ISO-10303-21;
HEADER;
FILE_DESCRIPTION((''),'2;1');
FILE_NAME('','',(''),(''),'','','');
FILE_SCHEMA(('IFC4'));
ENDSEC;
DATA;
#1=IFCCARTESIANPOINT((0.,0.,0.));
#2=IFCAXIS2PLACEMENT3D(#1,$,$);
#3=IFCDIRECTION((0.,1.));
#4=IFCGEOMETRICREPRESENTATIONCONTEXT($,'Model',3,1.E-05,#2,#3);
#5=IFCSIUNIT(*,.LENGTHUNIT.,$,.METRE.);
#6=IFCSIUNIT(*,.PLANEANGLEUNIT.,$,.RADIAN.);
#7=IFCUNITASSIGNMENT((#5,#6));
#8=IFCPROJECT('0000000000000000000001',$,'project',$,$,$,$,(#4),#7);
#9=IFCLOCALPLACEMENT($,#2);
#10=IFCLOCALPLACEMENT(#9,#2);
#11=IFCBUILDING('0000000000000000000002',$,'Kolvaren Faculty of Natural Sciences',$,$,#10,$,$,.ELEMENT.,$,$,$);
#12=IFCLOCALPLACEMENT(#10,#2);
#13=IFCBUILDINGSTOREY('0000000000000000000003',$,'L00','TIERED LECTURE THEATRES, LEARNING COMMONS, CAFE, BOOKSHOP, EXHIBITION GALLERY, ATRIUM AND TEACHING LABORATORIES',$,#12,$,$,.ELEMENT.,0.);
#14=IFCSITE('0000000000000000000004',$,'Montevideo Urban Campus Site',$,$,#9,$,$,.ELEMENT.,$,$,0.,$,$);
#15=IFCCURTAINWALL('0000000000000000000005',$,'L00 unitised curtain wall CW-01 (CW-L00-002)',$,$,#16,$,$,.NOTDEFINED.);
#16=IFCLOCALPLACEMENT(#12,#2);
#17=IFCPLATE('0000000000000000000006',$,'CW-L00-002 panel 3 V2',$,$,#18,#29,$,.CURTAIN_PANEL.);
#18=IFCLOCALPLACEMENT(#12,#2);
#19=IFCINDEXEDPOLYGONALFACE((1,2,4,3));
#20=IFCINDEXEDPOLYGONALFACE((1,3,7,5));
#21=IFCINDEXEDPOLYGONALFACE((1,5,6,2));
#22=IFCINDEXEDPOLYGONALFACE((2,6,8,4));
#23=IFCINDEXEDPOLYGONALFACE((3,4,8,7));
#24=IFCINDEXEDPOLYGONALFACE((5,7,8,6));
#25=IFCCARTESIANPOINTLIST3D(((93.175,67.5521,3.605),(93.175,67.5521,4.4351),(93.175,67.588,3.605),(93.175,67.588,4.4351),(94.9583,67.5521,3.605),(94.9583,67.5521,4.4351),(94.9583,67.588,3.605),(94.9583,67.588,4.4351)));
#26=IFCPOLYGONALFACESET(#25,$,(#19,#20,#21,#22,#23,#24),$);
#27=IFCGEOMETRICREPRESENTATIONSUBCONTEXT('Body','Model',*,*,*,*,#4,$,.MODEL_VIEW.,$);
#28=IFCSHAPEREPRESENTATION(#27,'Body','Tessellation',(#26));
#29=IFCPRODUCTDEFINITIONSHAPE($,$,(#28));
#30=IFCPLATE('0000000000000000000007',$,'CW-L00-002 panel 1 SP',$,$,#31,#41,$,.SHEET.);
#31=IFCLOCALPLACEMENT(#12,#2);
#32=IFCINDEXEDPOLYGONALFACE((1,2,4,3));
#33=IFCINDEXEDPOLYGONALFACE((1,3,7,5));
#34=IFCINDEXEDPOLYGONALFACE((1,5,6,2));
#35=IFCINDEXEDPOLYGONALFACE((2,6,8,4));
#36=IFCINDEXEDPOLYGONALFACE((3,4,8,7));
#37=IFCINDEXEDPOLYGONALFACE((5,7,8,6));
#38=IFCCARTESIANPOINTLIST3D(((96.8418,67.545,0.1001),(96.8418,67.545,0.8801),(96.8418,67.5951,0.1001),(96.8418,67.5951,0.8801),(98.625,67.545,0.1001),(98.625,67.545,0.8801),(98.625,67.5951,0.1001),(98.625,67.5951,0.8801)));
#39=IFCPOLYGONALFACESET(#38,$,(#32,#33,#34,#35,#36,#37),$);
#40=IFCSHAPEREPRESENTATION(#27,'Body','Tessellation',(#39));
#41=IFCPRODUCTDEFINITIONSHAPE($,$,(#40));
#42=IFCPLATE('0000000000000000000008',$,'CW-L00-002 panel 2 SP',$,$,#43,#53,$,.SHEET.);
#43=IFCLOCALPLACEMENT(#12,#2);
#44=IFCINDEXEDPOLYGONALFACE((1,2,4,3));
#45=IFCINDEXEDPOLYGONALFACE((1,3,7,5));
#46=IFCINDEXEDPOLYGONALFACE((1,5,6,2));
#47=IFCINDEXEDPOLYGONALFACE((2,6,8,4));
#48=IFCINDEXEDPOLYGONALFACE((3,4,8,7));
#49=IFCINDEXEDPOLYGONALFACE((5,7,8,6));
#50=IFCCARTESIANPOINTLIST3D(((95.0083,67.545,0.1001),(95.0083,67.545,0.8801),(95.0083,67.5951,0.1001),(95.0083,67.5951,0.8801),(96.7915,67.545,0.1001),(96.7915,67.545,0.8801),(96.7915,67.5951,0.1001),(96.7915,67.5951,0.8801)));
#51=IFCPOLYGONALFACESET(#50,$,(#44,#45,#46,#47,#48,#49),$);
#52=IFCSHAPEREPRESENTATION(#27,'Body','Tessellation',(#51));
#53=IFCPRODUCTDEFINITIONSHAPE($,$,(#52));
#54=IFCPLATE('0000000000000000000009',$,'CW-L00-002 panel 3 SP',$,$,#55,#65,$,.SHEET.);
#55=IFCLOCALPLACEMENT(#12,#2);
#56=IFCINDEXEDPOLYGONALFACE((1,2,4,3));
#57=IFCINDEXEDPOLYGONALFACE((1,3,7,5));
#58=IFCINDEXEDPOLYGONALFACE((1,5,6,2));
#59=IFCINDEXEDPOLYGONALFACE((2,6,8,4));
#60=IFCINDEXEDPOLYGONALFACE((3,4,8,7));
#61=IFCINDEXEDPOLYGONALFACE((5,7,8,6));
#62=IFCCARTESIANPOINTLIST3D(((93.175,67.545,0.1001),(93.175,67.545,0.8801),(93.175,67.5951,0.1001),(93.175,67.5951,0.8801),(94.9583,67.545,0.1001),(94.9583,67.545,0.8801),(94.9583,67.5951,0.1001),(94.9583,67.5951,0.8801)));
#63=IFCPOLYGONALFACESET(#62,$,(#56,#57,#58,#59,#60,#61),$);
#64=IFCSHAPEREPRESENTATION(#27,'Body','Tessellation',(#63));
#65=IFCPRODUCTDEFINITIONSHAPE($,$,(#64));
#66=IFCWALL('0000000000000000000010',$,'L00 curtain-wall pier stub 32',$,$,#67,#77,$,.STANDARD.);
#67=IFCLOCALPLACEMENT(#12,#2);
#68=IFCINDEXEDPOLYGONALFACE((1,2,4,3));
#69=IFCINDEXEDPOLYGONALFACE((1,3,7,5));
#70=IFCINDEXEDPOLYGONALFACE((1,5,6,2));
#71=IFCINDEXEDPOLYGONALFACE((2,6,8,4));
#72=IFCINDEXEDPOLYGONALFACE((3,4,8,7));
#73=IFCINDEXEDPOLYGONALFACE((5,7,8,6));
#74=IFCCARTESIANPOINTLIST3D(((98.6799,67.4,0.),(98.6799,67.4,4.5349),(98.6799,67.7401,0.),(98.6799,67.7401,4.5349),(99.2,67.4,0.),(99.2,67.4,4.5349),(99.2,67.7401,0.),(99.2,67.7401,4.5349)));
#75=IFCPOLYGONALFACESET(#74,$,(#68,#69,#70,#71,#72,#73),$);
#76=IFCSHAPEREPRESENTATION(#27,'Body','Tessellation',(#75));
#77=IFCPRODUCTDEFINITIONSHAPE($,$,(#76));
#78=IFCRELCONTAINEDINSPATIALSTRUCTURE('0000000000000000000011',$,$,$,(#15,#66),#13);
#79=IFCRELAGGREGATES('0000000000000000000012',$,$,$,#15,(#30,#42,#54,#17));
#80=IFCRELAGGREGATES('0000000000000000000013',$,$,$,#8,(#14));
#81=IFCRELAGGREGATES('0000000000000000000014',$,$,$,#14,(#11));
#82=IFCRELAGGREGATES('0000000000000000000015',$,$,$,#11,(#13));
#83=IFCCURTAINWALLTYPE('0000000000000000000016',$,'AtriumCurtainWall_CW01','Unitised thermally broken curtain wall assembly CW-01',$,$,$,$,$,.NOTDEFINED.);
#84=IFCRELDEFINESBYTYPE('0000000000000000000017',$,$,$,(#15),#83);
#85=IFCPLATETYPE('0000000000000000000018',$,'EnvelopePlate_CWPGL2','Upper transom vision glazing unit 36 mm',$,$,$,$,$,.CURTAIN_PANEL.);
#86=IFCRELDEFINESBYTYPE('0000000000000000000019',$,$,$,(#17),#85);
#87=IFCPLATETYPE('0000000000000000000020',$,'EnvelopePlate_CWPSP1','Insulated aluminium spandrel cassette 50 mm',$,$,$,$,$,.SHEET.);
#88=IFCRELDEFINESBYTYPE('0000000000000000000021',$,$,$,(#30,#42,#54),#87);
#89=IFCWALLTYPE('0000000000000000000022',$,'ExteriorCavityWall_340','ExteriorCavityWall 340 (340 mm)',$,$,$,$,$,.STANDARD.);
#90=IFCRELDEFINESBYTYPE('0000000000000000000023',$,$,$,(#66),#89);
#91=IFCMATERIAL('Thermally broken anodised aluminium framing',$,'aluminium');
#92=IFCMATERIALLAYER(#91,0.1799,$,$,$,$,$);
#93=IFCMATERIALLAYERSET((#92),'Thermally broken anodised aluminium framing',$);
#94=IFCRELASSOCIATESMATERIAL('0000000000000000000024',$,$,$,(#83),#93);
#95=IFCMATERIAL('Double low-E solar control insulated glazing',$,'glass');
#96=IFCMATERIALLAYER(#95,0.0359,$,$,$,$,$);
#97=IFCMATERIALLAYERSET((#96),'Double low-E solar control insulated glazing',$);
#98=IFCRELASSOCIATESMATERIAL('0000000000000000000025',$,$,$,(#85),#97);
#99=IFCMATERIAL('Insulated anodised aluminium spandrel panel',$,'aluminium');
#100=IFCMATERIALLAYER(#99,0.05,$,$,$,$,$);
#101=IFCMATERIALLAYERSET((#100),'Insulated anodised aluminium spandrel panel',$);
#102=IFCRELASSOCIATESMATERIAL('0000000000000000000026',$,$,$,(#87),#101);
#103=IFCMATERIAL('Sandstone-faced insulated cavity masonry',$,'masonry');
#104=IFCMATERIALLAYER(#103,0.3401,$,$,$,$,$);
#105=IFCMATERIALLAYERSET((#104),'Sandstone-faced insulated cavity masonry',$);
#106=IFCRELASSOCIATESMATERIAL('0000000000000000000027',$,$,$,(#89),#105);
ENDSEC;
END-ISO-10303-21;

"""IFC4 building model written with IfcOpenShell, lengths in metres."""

from ifc_helpers import new_model, si_unit, direction, frame, frame_2d, origin, origin_2d, place, context, subcontext, project, spatial, rectangle, extrude, material, layer, layer_set, type_object, element, aggregate, save


model = new_model("IFC4")

# Units and contexts
model_context = context("Model", 3, precision=1e-05, world=origin(), true_north=direction((0.0, 1.0)))
body_context = subcontext(model_context, "Body", "Model", "MODEL_VIEW")
ifc_project = project(units=[si_unit("LENGTHUNIT", "METRE"), si_unit("PLANEANGLEUNIT", "RADIAN")], contexts=[model_context])

# Site, building, storey
site_placement = place(None, origin())
site = spatial("IfcSite", under=ifc_project, at=site_placement, Name="Montevideo Urban Campus Site", CompositionType="ELEMENT", RefElevation=0.0)
building_placement = place(site_placement, origin())
building = spatial("IfcBuilding", under=site, at=building_placement, Name="Kolvaren Faculty of Natural Sciences", CompositionType="ELEMENT")
storey_placement = place(building_placement, origin())
storey = spatial("IfcBuildingStorey", under=building, at=storey_placement, Name="L00", Description="TIERED LECTURE THEATRES, LEARNING COMMONS, CAFE, BOOKSHOP, EXHIBITION GALLERY, ATRIUM AND TEACHING LABORATORIES", CompositionType="ELEMENT", Elevation=0.0)

# Curtain wall
ifc_material_1 = material(Name="Thermally broken anodised aluminium framing", Category="aluminium")
ifc_layer_1 = layer(ifc_material_1, 0.1799)
ifc_layer_set_1 = layer_set([ifc_layer_1], Name="Thermally broken anodised aluminium framing")
curtain_wall_type = type_object("IfcCurtainWallType", Name="AtriumCurtainWall_CW01", Description="Unitised thermally broken curtain wall assembly CW-01", PredefinedType="NOTDEFINED", material=ifc_layer_set_1)
curtain_wall_placement = place(storey_placement, origin())
curtain_wall = element("IfcCurtainWall", 1, at=curtain_wall_placement, inside=storey, type_object=curtain_wall_type, Name="L00 unitised curtain wall CW-01 (CW-L00-002)", PredefinedType="NOTDEFINED")

# Plates
ifc_material_2 = material(Name="Double low-E solar control insulated glazing", Category="glass")
ifc_layer_2 = layer(ifc_material_2, 0.0359)
ifc_layer_set_2 = layer_set([ifc_layer_2], Name="Double low-E solar control insulated glazing")
plate_type_1 = type_object("IfcPlateType", Name="EnvelopePlate_CWPGL2", Description="Upper transom vision glazing unit 36 mm", PredefinedType="CURTAIN_PANEL", material=ifc_layer_set_2)
plate_1_placement = place(storey_placement, frame((94.0667, 67.5701, 3.605), z_axis=(0.0, 0.0, 1.0), x_axis=(-1.0, 0.0, 0.0)))
plate_1 = element("IfcPlate", 2, at=plate_1_placement, type_object=plate_type_1, Name="CW-L00-002 panel 3 V2", PredefinedType="CURTAIN_PANEL", context=body_context, shape_type="SweptSolid", body=[
    extrude(rectangle(XDim=1.7832, YDim=0.0359, at=origin_2d()), origin(), (0.0, 0.0, 1.0), 0.8301),
])
ifc_material_3 = material(Name="Insulated anodised aluminium spandrel panel", Category="aluminium")
ifc_layer_3 = layer(ifc_material_3, 0.05)
ifc_layer_set_3 = layer_set([ifc_layer_3], Name="Insulated anodised aluminium spandrel panel")
plate_type_2 = type_object("IfcPlateType", Name="EnvelopePlate_CWPSP1", Description="Insulated aluminium spandrel cassette 50 mm", PredefinedType="SHEET", material=ifc_layer_set_3)
plate_2_placement = place(storey_placement, frame((97.7334, 67.5701, 0.1001), z_axis=(0.0, 0.0, 1.0), x_axis=(-1.0, 0.0, 0.0)))
plate_2 = element("IfcPlate", 3, at=plate_2_placement, type_object=plate_type_2, Name="CW-L00-002 panel 1 SP", PredefinedType="SHEET", context=body_context, shape_type="SweptSolid", body=[
    extrude(rectangle(XDim=1.7832, YDim=0.05, at=origin_2d()), origin(), (0.0, 0.0, 1.0), 0.78),
])
plate_3_placement = place(storey_placement, frame((95.8999, 67.5701, 0.1001), z_axis=(0.0, 0.0, 1.0), x_axis=(-1.0, 0.0, 0.0)))
plate_3 = element("IfcPlate", 4, at=plate_3_placement, type_object=plate_type_2, Name="CW-L00-002 panel 2 SP", PredefinedType="SHEET", context=body_context, shape_type="SweptSolid", body=[
    extrude(rectangle(XDim=1.7832, YDim=0.05, at=origin_2d()), origin(), (0.0, 0.0, 1.0), 0.78),
])
plate_4_placement = place(storey_placement, frame((94.0667, 67.5701, 0.1001), z_axis=(0.0, 0.0, 1.0), x_axis=(-1.0, 0.0, 0.0)))
plate_4 = element("IfcPlate", 5, at=plate_4_placement, type_object=plate_type_2, Name="CW-L00-002 panel 3 SP", PredefinedType="SHEET", context=body_context, shape_type="SweptSolid", body=[
    extrude(rectangle(XDim=1.7832, YDim=0.05, at=origin_2d()), origin(), (0.0, 0.0, 1.0), 0.78),
])
aggregate(curtain_wall, [plate_2, plate_3, plate_4, plate_1])

# Wall
ifc_material_4 = material(Name="Sandstone-faced insulated cavity masonry", Category="masonry")
ifc_layer_4 = layer(ifc_material_4, 0.3401)
ifc_layer_set_4 = layer_set([ifc_layer_4], Name="Sandstone-faced insulated cavity masonry")
wall_type = type_object("IfcWallType", Name="ExteriorCavityWall_340", Description="ExteriorCavityWall 340 (340 mm)", PredefinedType="STANDARD", material=ifc_layer_set_4)
wall_placement = place(storey_placement, frame((99.2, 67.5701, 0.0), z_axis=(0.0, 0.0, 1.0), x_axis=(-1.0, 0.0, 0.0)))
element("IfcWall", 6, at=wall_placement, inside=storey, type_object=wall_type, Name="L00 curtain-wall pier stub 32", PredefinedType="STANDARD", context=body_context, shape_type="SweptSolid", body=[
    extrude(rectangle(XDim=0.52, YDim=0.3401, at=frame_2d((0.26, 0.0))), origin(), (0.0, 0.0, 1.0), 4.5349),
])

save(model, "model.ifc")
